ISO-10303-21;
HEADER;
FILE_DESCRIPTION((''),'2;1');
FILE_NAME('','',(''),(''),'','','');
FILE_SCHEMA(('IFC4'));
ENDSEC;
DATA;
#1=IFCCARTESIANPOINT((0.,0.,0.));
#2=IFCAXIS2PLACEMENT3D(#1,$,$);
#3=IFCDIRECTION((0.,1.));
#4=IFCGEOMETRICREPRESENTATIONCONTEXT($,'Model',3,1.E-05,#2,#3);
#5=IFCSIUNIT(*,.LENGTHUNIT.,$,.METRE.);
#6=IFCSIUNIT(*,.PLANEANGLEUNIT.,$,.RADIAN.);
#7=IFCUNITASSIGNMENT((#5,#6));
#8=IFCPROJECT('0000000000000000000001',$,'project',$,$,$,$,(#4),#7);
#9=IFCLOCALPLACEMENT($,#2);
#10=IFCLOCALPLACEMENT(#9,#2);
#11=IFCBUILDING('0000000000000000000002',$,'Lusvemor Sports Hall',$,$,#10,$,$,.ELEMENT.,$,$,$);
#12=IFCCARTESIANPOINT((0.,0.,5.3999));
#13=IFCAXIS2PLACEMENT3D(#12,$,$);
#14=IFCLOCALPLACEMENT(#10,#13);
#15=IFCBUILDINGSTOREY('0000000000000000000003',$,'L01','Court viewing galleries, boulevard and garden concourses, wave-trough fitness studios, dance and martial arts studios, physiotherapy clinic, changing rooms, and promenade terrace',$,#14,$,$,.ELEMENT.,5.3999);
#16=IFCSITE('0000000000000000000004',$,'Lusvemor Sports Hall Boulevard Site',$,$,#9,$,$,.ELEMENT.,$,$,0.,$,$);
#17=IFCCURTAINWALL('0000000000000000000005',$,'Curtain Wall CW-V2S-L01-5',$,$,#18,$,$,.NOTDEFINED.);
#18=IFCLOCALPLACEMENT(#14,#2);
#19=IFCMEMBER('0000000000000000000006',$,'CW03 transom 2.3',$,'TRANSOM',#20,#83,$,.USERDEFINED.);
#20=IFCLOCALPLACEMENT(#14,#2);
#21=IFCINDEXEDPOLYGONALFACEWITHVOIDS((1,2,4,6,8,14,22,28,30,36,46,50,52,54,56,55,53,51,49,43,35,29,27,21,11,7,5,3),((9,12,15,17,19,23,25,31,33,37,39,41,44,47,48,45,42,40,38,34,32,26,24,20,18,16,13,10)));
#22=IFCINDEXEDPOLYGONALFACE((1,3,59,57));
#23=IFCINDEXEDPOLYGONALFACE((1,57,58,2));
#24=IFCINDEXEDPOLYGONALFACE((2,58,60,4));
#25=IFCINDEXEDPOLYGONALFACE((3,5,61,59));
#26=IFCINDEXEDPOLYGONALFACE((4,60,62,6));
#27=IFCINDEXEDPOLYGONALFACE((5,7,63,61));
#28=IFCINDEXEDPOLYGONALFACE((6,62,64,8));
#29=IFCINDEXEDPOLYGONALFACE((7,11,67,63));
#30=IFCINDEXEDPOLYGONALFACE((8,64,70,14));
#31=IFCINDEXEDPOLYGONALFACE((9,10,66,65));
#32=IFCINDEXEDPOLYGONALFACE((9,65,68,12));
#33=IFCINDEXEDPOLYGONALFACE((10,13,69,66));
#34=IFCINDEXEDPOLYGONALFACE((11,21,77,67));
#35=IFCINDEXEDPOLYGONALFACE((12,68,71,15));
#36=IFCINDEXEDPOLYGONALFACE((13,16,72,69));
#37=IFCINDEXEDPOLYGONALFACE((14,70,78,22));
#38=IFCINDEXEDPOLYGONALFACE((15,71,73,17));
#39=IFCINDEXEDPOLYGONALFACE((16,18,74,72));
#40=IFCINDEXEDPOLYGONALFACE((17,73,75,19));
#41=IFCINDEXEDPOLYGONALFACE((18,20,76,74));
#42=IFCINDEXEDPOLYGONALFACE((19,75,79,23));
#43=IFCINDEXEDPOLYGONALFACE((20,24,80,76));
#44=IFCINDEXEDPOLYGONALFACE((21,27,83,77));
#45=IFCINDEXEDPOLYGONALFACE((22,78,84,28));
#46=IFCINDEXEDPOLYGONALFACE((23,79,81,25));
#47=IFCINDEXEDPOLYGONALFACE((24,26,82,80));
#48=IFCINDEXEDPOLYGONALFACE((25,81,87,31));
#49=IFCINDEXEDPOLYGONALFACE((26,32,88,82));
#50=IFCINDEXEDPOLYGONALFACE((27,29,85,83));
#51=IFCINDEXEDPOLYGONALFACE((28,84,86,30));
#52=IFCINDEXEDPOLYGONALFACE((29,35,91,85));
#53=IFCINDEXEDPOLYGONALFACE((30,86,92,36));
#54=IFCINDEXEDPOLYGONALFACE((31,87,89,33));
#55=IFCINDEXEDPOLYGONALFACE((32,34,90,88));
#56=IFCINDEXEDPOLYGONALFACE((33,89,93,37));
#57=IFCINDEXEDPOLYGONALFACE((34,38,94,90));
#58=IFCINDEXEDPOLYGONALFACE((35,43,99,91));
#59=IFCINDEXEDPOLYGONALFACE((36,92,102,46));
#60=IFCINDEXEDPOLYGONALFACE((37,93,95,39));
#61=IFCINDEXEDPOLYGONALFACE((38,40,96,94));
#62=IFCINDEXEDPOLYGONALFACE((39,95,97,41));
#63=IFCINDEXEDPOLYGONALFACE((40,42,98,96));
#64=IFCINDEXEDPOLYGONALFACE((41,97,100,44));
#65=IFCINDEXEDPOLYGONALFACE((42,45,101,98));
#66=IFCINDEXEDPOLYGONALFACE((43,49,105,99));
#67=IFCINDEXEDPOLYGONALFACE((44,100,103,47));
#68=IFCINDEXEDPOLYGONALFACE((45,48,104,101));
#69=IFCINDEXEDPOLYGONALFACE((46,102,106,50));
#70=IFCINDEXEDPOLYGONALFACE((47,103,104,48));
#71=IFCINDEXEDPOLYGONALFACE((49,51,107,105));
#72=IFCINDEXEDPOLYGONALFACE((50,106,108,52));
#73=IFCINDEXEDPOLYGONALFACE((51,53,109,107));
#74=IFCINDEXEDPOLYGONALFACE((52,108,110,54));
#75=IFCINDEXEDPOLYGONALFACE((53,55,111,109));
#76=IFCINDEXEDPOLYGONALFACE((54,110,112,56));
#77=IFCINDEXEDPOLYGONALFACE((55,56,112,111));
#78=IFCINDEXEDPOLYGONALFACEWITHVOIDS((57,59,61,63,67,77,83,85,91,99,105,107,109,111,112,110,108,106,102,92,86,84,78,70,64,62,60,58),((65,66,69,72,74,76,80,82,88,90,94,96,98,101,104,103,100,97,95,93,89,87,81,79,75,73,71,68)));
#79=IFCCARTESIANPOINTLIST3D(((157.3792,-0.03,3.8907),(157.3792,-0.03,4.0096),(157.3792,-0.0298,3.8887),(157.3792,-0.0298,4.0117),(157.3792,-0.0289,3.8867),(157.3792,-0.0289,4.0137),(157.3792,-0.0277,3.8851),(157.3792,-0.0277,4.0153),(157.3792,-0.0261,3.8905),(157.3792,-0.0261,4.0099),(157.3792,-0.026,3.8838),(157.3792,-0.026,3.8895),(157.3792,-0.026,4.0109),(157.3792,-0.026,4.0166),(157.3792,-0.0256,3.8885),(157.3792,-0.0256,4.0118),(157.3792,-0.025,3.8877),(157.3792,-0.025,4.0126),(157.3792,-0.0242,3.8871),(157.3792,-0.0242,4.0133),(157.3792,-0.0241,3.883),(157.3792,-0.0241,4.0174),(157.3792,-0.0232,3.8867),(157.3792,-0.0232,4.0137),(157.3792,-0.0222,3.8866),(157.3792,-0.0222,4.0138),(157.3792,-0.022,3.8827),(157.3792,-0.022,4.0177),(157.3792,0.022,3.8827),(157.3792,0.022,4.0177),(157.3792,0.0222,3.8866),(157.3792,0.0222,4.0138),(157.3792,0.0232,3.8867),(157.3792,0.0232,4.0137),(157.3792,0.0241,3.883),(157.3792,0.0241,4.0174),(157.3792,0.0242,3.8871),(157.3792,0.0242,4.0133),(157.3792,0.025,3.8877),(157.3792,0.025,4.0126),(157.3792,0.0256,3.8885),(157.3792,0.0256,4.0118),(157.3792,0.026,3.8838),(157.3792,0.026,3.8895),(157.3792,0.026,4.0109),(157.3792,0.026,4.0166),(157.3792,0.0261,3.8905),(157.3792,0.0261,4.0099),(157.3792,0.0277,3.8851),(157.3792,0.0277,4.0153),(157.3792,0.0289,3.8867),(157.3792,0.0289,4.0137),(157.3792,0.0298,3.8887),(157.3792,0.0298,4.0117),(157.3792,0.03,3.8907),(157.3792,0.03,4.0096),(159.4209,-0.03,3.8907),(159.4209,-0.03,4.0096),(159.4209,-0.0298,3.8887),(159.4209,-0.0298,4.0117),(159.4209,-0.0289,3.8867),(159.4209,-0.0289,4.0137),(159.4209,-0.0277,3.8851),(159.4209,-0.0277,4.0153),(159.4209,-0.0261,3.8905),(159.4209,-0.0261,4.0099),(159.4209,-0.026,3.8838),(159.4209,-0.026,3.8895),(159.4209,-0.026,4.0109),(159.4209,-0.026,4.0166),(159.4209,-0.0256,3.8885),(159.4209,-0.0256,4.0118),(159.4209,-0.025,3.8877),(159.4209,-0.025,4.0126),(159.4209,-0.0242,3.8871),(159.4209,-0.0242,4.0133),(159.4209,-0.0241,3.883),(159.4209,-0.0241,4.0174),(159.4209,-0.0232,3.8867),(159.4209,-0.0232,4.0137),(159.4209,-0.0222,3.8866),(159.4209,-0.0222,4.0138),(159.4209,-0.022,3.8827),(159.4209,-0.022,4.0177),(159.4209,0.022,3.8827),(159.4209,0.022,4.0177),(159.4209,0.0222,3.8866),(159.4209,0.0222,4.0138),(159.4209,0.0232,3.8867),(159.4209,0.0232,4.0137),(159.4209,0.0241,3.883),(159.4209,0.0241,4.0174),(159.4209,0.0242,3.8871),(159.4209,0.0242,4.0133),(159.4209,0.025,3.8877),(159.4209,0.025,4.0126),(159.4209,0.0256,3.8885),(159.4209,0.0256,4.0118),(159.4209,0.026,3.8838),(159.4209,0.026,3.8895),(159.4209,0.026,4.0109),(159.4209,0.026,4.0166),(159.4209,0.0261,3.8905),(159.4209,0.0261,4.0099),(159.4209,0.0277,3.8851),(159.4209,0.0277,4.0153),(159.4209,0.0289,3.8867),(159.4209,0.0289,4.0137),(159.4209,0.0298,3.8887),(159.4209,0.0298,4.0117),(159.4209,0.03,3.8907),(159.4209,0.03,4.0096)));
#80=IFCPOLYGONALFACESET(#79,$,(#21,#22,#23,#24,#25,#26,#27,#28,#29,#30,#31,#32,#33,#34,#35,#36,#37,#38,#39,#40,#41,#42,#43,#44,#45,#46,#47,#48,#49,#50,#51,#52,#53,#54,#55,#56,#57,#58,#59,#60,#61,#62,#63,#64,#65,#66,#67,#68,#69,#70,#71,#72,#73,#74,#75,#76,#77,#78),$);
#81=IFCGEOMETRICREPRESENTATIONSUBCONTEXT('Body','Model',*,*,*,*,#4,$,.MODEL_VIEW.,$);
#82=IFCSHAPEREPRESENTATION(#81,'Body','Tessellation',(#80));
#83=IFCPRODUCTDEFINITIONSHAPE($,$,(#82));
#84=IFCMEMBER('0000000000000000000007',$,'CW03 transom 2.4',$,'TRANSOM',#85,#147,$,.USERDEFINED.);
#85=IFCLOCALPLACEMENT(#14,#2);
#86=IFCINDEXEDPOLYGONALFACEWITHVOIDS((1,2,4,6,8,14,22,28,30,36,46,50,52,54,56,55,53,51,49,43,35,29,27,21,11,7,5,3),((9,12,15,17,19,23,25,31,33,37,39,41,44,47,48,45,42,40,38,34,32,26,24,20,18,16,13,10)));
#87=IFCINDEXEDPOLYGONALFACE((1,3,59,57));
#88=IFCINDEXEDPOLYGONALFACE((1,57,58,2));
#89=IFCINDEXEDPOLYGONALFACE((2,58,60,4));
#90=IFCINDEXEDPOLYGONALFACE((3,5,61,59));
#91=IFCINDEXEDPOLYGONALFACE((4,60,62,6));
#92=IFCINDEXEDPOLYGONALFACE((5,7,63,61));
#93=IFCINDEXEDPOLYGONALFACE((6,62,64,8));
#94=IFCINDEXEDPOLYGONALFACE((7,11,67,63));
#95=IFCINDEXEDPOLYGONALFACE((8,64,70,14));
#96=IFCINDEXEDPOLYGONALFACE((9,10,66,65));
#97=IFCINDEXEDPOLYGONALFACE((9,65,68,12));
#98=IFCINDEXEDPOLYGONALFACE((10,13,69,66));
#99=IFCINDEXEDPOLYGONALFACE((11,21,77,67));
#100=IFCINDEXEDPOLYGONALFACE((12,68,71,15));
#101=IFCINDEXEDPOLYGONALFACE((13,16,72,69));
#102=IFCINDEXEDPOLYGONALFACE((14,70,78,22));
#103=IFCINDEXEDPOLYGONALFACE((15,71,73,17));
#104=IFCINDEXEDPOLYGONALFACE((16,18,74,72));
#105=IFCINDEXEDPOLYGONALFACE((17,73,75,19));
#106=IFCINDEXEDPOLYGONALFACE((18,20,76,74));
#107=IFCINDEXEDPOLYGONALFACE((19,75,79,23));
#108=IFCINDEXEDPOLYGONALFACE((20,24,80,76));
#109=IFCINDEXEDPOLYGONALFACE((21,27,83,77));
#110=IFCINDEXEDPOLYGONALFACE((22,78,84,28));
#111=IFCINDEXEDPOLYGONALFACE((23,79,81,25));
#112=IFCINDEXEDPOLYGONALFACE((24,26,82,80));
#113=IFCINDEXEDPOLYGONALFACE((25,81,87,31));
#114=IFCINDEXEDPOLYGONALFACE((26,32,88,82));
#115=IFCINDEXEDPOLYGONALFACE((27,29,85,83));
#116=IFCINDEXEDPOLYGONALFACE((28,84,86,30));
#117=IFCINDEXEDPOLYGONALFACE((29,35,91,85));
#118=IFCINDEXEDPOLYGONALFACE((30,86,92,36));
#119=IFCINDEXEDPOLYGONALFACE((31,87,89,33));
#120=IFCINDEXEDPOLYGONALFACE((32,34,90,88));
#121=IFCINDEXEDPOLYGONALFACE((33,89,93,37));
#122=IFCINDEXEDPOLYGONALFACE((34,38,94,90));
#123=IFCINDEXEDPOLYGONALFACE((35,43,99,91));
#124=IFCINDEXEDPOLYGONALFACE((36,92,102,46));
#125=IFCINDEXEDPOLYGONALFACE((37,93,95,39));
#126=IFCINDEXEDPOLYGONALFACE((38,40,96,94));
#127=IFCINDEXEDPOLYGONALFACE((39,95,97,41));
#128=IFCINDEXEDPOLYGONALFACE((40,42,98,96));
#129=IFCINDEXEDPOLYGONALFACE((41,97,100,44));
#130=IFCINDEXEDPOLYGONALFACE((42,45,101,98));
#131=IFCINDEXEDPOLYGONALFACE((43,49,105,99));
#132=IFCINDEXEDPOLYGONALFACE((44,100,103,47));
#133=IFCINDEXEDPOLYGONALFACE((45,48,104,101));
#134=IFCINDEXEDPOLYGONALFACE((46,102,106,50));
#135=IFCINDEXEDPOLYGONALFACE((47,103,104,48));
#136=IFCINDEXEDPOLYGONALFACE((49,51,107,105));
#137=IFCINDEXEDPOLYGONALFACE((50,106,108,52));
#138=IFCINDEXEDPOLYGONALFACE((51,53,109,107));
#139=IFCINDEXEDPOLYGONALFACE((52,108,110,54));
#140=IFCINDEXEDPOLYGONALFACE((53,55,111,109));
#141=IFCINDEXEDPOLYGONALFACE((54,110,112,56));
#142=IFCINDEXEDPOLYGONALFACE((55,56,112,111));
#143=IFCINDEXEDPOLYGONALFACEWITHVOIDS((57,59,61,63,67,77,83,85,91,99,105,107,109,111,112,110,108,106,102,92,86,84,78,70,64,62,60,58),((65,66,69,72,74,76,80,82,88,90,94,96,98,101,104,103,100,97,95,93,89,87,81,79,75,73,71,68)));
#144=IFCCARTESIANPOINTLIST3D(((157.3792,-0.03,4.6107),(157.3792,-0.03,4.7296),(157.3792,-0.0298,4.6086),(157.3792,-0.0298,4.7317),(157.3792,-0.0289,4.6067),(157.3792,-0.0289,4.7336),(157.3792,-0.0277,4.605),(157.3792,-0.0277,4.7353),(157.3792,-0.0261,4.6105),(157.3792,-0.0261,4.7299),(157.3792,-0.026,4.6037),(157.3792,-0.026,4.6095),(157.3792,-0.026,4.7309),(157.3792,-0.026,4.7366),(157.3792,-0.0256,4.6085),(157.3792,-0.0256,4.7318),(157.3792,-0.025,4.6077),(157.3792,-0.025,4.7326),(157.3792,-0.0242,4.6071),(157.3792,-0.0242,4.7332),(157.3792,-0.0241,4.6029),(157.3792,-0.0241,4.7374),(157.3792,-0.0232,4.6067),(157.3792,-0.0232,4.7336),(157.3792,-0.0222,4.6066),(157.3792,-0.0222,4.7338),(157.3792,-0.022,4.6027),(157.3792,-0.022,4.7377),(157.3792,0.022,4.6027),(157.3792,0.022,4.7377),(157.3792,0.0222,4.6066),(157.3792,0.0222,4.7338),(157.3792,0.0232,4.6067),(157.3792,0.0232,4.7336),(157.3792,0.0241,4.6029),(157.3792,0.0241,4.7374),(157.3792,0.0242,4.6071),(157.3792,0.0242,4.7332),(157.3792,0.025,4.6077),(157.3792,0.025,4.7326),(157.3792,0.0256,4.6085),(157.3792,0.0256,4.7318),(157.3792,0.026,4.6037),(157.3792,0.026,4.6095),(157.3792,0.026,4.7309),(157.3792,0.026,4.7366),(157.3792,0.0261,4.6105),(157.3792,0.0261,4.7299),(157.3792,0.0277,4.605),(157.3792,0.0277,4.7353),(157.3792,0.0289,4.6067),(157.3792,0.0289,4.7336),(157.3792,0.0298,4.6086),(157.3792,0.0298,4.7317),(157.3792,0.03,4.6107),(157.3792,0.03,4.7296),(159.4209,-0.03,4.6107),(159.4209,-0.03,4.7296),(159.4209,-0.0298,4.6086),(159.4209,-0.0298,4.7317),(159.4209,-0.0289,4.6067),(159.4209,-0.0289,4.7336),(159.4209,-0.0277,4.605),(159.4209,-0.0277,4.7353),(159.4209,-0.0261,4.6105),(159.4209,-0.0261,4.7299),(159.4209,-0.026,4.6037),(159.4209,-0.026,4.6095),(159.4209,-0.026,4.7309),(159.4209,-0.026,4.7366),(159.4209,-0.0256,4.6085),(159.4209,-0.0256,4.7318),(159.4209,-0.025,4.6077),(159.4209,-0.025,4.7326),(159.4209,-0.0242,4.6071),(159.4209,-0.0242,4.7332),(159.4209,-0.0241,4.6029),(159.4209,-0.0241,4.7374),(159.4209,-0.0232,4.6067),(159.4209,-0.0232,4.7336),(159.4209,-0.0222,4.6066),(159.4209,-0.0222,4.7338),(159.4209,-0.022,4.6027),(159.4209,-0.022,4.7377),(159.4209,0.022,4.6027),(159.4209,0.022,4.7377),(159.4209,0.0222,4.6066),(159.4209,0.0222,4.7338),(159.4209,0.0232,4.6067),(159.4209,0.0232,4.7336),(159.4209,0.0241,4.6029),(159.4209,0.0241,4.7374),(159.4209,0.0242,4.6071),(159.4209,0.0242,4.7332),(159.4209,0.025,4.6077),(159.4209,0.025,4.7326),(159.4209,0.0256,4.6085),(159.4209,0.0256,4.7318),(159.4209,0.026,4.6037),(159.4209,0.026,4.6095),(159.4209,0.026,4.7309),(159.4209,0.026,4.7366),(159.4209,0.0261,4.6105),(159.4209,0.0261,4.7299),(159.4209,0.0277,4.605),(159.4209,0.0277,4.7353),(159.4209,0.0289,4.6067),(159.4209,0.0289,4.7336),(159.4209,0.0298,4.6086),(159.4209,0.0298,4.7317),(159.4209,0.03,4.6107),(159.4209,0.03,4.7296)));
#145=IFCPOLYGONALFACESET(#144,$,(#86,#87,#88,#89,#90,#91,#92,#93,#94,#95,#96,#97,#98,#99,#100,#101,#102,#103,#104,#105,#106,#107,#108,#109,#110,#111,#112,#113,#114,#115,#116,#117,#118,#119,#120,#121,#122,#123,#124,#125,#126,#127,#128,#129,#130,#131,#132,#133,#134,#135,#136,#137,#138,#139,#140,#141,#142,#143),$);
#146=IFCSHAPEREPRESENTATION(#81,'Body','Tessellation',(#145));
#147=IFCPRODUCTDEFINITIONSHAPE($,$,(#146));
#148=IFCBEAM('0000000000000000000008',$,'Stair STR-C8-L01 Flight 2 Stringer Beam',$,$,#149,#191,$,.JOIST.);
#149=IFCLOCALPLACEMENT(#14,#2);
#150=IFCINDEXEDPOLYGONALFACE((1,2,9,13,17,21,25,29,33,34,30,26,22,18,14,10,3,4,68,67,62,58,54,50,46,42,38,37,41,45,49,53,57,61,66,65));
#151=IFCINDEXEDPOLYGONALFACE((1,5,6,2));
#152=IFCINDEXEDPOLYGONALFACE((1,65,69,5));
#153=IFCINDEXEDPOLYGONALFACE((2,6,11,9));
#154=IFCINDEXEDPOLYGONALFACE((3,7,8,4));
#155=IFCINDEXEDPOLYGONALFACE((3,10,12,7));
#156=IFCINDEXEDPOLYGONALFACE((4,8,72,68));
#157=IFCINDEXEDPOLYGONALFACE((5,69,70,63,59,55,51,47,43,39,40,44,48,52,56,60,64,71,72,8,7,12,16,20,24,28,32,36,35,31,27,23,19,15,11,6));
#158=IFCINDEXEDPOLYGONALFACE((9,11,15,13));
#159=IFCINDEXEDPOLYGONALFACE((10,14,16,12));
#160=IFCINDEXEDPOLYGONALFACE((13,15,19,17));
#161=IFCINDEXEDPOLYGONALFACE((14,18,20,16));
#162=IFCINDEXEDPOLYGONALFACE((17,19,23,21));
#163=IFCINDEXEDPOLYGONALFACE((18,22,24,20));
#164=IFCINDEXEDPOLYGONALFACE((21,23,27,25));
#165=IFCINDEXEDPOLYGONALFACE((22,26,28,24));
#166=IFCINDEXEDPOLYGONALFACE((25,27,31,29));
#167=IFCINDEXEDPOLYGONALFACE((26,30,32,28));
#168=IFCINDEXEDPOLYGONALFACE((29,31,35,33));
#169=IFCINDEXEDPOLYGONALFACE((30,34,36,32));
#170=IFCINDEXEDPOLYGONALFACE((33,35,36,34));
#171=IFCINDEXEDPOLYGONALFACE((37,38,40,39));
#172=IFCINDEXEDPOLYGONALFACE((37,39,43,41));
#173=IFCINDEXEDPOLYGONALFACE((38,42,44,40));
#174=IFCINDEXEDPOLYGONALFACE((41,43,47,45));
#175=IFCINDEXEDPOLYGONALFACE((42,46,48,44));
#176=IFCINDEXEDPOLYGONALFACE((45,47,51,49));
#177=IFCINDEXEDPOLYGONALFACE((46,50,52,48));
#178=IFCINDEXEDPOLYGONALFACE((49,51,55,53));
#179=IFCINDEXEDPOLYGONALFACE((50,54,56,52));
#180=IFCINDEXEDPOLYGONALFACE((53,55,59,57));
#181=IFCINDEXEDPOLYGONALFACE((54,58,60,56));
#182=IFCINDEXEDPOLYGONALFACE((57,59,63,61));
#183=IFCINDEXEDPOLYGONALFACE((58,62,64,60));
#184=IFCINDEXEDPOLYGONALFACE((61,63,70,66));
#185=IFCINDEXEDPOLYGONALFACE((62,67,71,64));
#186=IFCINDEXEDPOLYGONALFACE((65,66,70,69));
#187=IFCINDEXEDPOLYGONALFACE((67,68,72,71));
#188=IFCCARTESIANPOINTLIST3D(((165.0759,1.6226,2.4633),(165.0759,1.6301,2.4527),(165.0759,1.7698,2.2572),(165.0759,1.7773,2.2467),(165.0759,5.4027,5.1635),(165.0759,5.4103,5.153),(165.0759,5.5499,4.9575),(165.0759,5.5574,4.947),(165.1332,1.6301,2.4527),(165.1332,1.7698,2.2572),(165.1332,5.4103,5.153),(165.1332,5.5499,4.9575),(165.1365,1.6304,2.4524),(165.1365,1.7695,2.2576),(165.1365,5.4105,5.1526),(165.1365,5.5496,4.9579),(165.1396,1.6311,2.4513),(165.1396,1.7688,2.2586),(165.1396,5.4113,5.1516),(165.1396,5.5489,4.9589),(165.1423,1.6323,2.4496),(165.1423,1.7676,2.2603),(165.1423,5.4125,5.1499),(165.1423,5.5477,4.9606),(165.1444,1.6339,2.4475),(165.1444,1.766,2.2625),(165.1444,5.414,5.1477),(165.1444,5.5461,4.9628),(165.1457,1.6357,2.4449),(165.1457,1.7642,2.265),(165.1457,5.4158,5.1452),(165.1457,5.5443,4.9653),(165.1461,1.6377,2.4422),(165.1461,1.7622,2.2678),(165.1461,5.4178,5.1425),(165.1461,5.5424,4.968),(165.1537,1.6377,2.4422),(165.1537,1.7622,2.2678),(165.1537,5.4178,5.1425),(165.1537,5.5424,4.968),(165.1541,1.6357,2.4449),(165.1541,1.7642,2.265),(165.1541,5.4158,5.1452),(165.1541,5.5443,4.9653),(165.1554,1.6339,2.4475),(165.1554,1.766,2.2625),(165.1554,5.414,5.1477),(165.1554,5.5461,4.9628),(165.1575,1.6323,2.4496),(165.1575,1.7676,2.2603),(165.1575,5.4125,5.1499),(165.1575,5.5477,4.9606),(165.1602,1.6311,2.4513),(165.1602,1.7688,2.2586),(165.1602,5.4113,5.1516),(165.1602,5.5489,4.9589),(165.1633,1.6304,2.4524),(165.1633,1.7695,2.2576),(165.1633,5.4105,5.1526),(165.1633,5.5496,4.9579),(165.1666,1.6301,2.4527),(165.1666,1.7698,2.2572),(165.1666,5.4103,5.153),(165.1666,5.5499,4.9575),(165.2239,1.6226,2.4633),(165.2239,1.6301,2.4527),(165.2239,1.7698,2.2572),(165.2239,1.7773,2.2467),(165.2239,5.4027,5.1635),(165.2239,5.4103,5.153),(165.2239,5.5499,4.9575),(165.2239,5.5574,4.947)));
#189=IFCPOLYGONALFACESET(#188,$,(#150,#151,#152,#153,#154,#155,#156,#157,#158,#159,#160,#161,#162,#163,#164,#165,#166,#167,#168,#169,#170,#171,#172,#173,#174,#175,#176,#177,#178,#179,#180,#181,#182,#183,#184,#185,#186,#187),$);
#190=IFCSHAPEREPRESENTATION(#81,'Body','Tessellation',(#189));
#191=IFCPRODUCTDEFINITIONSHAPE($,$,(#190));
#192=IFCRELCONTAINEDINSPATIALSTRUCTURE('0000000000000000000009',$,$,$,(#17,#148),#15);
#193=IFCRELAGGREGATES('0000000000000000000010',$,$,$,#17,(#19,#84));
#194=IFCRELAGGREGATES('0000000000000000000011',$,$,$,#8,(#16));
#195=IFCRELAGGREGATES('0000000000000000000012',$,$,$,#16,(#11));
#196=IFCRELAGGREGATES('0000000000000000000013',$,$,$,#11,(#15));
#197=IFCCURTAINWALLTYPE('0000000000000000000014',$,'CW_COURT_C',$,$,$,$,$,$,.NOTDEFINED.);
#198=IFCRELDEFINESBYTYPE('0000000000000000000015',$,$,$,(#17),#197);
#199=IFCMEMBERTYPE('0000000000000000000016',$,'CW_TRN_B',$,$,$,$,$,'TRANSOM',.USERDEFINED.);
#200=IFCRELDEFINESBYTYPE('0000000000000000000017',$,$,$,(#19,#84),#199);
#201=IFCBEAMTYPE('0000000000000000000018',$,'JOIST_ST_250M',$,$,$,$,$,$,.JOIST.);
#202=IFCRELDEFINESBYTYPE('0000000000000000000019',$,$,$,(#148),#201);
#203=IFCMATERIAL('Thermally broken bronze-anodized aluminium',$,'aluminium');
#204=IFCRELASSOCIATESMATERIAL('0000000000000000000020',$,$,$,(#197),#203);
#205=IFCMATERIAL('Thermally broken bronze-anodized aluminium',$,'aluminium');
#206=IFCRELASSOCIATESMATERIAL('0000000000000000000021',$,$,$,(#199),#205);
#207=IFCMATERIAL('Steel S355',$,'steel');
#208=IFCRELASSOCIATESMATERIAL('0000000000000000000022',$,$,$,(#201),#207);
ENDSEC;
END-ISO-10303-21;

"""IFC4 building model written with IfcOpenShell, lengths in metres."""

from ifc_helpers import new_model, si_unit, direction, frame, origin, origin_2d, place, context, subcontext, project, spatial, hollow_rectangle, i_section, extrude, material, material_profile, profile_set, type_object, element, aggregate, save


model = new_model("IFC4")

# Units and contexts
model_context = context("Model", 3, precision=1e-05, world=origin(), true_north=direction((0.0, 1.0)))
body_context = subcontext(model_context, "Body", "Model", "MODEL_VIEW")
ifc_project = project(units=[si_unit("LENGTHUNIT", "METRE"), si_unit("PLANEANGLEUNIT", "RADIAN")], contexts=[model_context])

# Site, building, storey
site_placement = place(None, origin())
site = spatial("IfcSite", under=ifc_project, at=site_placement, Name="Lusvemor Sports Hall Boulevard Site", CompositionType="ELEMENT", RefElevation=0.0)
building_placement = place(site_placement, origin())
building = spatial("IfcBuilding", under=site, at=building_placement, Name="Lusvemor Sports Hall", CompositionType="ELEMENT")
storey_placement = place(building_placement, frame((0.0, 0.0, 5.3999)))
storey = spatial("IfcBuildingStorey", under=building, at=storey_placement, Name="L01", Description="Court viewing galleries, boulevard and garden concourses, wave-trough fitness studios, dance and martial arts studios, physiotherapy clinic, changing rooms, and promenade terrace", CompositionType="ELEMENT", Elevation=5.3999)

# Curtain wall, members
ifc_material_1 = material(Name="Thermally broken bronze-anodized aluminium", Category="aluminium")
curtain_wall_type = type_object("IfcCurtainWallType", Name="CW_COURT_C", PredefinedType="NOTDEFINED", material=ifc_material_1)
curtain_wall_placement = place(storey_placement, origin())
curtain_wall = element("IfcCurtainWall", 1, at=curtain_wall_placement, inside=storey, type_object=curtain_wall_type, Name="Curtain Wall CW-V2S-L01-5", PredefinedType="NOTDEFINED")
ifc_material_2 = material(Name="Thermally broken bronze-anodized aluminium", Category="aluminium")
ifc_material_profile_1 = material_profile(ifc_material_2, hollow_rectangle(XDim=0.0601, YDim=0.135, WallThickness=0.0039, InnerFilletRadius=0.0039, OuterFilletRadius=0.0081, at=origin_2d()), Name="CWTRN135x60x4")
ifc_profile_set_1 = profile_set([ifc_material_profile_1], Name="Thermally broken bronze-anodized aluminium")
member_type_1 = type_object("IfcMemberType", Name="CW_TRN_B", ElementType="TRANSOM", PredefinedType="USERDEFINED", material=ifc_profile_set_1)
member_1_placement = place(storey_placement, frame((159.4209, 0.0, 3.9502), z_axis=(-1.0, 0.0, 0.0), x_axis=(0.0, -1.0, 0.0)))
member_1 = element("IfcMember", 2, at=member_1_placement, type_object=member_type_1, Name="CW03 transom 2.3", ObjectType="TRANSOM", PredefinedType="USERDEFINED", context=body_context, shape_type="SweptSolid", body=[
    extrude(hollow_rectangle(XDim=0.0601, YDim=0.135, WallThickness=0.0039, InnerFilletRadius=0.0039, OuterFilletRadius=0.0081, at=origin_2d()), origin(), (0.0, 0.0, 1.0), 2.0417),
])
member_2_placement = place(storey_placement, frame((159.4209, 0.0, 4.6702), z_axis=(-1.0, 0.0, 0.0), x_axis=(0.0, -1.0, 0.0)))
member_2 = element("IfcMember", 3, at=member_2_placement, type_object=member_type_1, Name="CW03 transom 2.4", ObjectType="TRANSOM", PredefinedType="USERDEFINED", context=body_context, shape_type="SweptSolid", body=[
    extrude(hollow_rectangle(XDim=0.0601, YDim=0.135, WallThickness=0.0039, InnerFilletRadius=0.0039, OuterFilletRadius=0.0081, at=origin_2d()), origin(), (0.0, 0.0, 1.0), 2.0417),
])

# Beam
ifc_material_3 = material(Name="Steel S355", Category="steel")
ifc_material_profile_2 = material_profile(ifc_material_3, i_section(OverallWidth=0.1479, OverallDepth=0.2661, WebThickness=0.0076, FlangeThickness=0.0129, FilletRadius=0.0129, at=origin_2d()), Name="W250x44.8")
ifc_profile_set_2 = profile_set([ifc_material_profile_2], Name="Steel S355")
beam_type_1 = type_object("IfcBeamType", Name="JOIST_ST_250M", PredefinedType="JOIST", material=ifc_profile_set_2)
beam_1_placement = place(storey_placement, frame((165.1499, 1.7, 2.355), z_axis=(0.0, 0.813716, 0.581263), x_axis=(-1.0, 0.0, 0.0)))
element("IfcBeam", 4, at=beam_1_placement, inside=storey, type_object=beam_type_1, Name="Stair STR-C8-L01 Flight 2 Stringer Beam", PredefinedType="JOIST", context=body_context, shape_type="SweptSolid", body=[
    extrude(i_section(OverallWidth=0.1479, OverallDepth=0.2661, WebThickness=0.0076, FlangeThickness=0.0129, FilletRadius=0.0129, at=origin_2d()), origin(), (0.0, 0.0, 1.0), 4.6455),
])

aggregate(curtain_wall, [member_1, member_2])

save(model, "model.ifc")
